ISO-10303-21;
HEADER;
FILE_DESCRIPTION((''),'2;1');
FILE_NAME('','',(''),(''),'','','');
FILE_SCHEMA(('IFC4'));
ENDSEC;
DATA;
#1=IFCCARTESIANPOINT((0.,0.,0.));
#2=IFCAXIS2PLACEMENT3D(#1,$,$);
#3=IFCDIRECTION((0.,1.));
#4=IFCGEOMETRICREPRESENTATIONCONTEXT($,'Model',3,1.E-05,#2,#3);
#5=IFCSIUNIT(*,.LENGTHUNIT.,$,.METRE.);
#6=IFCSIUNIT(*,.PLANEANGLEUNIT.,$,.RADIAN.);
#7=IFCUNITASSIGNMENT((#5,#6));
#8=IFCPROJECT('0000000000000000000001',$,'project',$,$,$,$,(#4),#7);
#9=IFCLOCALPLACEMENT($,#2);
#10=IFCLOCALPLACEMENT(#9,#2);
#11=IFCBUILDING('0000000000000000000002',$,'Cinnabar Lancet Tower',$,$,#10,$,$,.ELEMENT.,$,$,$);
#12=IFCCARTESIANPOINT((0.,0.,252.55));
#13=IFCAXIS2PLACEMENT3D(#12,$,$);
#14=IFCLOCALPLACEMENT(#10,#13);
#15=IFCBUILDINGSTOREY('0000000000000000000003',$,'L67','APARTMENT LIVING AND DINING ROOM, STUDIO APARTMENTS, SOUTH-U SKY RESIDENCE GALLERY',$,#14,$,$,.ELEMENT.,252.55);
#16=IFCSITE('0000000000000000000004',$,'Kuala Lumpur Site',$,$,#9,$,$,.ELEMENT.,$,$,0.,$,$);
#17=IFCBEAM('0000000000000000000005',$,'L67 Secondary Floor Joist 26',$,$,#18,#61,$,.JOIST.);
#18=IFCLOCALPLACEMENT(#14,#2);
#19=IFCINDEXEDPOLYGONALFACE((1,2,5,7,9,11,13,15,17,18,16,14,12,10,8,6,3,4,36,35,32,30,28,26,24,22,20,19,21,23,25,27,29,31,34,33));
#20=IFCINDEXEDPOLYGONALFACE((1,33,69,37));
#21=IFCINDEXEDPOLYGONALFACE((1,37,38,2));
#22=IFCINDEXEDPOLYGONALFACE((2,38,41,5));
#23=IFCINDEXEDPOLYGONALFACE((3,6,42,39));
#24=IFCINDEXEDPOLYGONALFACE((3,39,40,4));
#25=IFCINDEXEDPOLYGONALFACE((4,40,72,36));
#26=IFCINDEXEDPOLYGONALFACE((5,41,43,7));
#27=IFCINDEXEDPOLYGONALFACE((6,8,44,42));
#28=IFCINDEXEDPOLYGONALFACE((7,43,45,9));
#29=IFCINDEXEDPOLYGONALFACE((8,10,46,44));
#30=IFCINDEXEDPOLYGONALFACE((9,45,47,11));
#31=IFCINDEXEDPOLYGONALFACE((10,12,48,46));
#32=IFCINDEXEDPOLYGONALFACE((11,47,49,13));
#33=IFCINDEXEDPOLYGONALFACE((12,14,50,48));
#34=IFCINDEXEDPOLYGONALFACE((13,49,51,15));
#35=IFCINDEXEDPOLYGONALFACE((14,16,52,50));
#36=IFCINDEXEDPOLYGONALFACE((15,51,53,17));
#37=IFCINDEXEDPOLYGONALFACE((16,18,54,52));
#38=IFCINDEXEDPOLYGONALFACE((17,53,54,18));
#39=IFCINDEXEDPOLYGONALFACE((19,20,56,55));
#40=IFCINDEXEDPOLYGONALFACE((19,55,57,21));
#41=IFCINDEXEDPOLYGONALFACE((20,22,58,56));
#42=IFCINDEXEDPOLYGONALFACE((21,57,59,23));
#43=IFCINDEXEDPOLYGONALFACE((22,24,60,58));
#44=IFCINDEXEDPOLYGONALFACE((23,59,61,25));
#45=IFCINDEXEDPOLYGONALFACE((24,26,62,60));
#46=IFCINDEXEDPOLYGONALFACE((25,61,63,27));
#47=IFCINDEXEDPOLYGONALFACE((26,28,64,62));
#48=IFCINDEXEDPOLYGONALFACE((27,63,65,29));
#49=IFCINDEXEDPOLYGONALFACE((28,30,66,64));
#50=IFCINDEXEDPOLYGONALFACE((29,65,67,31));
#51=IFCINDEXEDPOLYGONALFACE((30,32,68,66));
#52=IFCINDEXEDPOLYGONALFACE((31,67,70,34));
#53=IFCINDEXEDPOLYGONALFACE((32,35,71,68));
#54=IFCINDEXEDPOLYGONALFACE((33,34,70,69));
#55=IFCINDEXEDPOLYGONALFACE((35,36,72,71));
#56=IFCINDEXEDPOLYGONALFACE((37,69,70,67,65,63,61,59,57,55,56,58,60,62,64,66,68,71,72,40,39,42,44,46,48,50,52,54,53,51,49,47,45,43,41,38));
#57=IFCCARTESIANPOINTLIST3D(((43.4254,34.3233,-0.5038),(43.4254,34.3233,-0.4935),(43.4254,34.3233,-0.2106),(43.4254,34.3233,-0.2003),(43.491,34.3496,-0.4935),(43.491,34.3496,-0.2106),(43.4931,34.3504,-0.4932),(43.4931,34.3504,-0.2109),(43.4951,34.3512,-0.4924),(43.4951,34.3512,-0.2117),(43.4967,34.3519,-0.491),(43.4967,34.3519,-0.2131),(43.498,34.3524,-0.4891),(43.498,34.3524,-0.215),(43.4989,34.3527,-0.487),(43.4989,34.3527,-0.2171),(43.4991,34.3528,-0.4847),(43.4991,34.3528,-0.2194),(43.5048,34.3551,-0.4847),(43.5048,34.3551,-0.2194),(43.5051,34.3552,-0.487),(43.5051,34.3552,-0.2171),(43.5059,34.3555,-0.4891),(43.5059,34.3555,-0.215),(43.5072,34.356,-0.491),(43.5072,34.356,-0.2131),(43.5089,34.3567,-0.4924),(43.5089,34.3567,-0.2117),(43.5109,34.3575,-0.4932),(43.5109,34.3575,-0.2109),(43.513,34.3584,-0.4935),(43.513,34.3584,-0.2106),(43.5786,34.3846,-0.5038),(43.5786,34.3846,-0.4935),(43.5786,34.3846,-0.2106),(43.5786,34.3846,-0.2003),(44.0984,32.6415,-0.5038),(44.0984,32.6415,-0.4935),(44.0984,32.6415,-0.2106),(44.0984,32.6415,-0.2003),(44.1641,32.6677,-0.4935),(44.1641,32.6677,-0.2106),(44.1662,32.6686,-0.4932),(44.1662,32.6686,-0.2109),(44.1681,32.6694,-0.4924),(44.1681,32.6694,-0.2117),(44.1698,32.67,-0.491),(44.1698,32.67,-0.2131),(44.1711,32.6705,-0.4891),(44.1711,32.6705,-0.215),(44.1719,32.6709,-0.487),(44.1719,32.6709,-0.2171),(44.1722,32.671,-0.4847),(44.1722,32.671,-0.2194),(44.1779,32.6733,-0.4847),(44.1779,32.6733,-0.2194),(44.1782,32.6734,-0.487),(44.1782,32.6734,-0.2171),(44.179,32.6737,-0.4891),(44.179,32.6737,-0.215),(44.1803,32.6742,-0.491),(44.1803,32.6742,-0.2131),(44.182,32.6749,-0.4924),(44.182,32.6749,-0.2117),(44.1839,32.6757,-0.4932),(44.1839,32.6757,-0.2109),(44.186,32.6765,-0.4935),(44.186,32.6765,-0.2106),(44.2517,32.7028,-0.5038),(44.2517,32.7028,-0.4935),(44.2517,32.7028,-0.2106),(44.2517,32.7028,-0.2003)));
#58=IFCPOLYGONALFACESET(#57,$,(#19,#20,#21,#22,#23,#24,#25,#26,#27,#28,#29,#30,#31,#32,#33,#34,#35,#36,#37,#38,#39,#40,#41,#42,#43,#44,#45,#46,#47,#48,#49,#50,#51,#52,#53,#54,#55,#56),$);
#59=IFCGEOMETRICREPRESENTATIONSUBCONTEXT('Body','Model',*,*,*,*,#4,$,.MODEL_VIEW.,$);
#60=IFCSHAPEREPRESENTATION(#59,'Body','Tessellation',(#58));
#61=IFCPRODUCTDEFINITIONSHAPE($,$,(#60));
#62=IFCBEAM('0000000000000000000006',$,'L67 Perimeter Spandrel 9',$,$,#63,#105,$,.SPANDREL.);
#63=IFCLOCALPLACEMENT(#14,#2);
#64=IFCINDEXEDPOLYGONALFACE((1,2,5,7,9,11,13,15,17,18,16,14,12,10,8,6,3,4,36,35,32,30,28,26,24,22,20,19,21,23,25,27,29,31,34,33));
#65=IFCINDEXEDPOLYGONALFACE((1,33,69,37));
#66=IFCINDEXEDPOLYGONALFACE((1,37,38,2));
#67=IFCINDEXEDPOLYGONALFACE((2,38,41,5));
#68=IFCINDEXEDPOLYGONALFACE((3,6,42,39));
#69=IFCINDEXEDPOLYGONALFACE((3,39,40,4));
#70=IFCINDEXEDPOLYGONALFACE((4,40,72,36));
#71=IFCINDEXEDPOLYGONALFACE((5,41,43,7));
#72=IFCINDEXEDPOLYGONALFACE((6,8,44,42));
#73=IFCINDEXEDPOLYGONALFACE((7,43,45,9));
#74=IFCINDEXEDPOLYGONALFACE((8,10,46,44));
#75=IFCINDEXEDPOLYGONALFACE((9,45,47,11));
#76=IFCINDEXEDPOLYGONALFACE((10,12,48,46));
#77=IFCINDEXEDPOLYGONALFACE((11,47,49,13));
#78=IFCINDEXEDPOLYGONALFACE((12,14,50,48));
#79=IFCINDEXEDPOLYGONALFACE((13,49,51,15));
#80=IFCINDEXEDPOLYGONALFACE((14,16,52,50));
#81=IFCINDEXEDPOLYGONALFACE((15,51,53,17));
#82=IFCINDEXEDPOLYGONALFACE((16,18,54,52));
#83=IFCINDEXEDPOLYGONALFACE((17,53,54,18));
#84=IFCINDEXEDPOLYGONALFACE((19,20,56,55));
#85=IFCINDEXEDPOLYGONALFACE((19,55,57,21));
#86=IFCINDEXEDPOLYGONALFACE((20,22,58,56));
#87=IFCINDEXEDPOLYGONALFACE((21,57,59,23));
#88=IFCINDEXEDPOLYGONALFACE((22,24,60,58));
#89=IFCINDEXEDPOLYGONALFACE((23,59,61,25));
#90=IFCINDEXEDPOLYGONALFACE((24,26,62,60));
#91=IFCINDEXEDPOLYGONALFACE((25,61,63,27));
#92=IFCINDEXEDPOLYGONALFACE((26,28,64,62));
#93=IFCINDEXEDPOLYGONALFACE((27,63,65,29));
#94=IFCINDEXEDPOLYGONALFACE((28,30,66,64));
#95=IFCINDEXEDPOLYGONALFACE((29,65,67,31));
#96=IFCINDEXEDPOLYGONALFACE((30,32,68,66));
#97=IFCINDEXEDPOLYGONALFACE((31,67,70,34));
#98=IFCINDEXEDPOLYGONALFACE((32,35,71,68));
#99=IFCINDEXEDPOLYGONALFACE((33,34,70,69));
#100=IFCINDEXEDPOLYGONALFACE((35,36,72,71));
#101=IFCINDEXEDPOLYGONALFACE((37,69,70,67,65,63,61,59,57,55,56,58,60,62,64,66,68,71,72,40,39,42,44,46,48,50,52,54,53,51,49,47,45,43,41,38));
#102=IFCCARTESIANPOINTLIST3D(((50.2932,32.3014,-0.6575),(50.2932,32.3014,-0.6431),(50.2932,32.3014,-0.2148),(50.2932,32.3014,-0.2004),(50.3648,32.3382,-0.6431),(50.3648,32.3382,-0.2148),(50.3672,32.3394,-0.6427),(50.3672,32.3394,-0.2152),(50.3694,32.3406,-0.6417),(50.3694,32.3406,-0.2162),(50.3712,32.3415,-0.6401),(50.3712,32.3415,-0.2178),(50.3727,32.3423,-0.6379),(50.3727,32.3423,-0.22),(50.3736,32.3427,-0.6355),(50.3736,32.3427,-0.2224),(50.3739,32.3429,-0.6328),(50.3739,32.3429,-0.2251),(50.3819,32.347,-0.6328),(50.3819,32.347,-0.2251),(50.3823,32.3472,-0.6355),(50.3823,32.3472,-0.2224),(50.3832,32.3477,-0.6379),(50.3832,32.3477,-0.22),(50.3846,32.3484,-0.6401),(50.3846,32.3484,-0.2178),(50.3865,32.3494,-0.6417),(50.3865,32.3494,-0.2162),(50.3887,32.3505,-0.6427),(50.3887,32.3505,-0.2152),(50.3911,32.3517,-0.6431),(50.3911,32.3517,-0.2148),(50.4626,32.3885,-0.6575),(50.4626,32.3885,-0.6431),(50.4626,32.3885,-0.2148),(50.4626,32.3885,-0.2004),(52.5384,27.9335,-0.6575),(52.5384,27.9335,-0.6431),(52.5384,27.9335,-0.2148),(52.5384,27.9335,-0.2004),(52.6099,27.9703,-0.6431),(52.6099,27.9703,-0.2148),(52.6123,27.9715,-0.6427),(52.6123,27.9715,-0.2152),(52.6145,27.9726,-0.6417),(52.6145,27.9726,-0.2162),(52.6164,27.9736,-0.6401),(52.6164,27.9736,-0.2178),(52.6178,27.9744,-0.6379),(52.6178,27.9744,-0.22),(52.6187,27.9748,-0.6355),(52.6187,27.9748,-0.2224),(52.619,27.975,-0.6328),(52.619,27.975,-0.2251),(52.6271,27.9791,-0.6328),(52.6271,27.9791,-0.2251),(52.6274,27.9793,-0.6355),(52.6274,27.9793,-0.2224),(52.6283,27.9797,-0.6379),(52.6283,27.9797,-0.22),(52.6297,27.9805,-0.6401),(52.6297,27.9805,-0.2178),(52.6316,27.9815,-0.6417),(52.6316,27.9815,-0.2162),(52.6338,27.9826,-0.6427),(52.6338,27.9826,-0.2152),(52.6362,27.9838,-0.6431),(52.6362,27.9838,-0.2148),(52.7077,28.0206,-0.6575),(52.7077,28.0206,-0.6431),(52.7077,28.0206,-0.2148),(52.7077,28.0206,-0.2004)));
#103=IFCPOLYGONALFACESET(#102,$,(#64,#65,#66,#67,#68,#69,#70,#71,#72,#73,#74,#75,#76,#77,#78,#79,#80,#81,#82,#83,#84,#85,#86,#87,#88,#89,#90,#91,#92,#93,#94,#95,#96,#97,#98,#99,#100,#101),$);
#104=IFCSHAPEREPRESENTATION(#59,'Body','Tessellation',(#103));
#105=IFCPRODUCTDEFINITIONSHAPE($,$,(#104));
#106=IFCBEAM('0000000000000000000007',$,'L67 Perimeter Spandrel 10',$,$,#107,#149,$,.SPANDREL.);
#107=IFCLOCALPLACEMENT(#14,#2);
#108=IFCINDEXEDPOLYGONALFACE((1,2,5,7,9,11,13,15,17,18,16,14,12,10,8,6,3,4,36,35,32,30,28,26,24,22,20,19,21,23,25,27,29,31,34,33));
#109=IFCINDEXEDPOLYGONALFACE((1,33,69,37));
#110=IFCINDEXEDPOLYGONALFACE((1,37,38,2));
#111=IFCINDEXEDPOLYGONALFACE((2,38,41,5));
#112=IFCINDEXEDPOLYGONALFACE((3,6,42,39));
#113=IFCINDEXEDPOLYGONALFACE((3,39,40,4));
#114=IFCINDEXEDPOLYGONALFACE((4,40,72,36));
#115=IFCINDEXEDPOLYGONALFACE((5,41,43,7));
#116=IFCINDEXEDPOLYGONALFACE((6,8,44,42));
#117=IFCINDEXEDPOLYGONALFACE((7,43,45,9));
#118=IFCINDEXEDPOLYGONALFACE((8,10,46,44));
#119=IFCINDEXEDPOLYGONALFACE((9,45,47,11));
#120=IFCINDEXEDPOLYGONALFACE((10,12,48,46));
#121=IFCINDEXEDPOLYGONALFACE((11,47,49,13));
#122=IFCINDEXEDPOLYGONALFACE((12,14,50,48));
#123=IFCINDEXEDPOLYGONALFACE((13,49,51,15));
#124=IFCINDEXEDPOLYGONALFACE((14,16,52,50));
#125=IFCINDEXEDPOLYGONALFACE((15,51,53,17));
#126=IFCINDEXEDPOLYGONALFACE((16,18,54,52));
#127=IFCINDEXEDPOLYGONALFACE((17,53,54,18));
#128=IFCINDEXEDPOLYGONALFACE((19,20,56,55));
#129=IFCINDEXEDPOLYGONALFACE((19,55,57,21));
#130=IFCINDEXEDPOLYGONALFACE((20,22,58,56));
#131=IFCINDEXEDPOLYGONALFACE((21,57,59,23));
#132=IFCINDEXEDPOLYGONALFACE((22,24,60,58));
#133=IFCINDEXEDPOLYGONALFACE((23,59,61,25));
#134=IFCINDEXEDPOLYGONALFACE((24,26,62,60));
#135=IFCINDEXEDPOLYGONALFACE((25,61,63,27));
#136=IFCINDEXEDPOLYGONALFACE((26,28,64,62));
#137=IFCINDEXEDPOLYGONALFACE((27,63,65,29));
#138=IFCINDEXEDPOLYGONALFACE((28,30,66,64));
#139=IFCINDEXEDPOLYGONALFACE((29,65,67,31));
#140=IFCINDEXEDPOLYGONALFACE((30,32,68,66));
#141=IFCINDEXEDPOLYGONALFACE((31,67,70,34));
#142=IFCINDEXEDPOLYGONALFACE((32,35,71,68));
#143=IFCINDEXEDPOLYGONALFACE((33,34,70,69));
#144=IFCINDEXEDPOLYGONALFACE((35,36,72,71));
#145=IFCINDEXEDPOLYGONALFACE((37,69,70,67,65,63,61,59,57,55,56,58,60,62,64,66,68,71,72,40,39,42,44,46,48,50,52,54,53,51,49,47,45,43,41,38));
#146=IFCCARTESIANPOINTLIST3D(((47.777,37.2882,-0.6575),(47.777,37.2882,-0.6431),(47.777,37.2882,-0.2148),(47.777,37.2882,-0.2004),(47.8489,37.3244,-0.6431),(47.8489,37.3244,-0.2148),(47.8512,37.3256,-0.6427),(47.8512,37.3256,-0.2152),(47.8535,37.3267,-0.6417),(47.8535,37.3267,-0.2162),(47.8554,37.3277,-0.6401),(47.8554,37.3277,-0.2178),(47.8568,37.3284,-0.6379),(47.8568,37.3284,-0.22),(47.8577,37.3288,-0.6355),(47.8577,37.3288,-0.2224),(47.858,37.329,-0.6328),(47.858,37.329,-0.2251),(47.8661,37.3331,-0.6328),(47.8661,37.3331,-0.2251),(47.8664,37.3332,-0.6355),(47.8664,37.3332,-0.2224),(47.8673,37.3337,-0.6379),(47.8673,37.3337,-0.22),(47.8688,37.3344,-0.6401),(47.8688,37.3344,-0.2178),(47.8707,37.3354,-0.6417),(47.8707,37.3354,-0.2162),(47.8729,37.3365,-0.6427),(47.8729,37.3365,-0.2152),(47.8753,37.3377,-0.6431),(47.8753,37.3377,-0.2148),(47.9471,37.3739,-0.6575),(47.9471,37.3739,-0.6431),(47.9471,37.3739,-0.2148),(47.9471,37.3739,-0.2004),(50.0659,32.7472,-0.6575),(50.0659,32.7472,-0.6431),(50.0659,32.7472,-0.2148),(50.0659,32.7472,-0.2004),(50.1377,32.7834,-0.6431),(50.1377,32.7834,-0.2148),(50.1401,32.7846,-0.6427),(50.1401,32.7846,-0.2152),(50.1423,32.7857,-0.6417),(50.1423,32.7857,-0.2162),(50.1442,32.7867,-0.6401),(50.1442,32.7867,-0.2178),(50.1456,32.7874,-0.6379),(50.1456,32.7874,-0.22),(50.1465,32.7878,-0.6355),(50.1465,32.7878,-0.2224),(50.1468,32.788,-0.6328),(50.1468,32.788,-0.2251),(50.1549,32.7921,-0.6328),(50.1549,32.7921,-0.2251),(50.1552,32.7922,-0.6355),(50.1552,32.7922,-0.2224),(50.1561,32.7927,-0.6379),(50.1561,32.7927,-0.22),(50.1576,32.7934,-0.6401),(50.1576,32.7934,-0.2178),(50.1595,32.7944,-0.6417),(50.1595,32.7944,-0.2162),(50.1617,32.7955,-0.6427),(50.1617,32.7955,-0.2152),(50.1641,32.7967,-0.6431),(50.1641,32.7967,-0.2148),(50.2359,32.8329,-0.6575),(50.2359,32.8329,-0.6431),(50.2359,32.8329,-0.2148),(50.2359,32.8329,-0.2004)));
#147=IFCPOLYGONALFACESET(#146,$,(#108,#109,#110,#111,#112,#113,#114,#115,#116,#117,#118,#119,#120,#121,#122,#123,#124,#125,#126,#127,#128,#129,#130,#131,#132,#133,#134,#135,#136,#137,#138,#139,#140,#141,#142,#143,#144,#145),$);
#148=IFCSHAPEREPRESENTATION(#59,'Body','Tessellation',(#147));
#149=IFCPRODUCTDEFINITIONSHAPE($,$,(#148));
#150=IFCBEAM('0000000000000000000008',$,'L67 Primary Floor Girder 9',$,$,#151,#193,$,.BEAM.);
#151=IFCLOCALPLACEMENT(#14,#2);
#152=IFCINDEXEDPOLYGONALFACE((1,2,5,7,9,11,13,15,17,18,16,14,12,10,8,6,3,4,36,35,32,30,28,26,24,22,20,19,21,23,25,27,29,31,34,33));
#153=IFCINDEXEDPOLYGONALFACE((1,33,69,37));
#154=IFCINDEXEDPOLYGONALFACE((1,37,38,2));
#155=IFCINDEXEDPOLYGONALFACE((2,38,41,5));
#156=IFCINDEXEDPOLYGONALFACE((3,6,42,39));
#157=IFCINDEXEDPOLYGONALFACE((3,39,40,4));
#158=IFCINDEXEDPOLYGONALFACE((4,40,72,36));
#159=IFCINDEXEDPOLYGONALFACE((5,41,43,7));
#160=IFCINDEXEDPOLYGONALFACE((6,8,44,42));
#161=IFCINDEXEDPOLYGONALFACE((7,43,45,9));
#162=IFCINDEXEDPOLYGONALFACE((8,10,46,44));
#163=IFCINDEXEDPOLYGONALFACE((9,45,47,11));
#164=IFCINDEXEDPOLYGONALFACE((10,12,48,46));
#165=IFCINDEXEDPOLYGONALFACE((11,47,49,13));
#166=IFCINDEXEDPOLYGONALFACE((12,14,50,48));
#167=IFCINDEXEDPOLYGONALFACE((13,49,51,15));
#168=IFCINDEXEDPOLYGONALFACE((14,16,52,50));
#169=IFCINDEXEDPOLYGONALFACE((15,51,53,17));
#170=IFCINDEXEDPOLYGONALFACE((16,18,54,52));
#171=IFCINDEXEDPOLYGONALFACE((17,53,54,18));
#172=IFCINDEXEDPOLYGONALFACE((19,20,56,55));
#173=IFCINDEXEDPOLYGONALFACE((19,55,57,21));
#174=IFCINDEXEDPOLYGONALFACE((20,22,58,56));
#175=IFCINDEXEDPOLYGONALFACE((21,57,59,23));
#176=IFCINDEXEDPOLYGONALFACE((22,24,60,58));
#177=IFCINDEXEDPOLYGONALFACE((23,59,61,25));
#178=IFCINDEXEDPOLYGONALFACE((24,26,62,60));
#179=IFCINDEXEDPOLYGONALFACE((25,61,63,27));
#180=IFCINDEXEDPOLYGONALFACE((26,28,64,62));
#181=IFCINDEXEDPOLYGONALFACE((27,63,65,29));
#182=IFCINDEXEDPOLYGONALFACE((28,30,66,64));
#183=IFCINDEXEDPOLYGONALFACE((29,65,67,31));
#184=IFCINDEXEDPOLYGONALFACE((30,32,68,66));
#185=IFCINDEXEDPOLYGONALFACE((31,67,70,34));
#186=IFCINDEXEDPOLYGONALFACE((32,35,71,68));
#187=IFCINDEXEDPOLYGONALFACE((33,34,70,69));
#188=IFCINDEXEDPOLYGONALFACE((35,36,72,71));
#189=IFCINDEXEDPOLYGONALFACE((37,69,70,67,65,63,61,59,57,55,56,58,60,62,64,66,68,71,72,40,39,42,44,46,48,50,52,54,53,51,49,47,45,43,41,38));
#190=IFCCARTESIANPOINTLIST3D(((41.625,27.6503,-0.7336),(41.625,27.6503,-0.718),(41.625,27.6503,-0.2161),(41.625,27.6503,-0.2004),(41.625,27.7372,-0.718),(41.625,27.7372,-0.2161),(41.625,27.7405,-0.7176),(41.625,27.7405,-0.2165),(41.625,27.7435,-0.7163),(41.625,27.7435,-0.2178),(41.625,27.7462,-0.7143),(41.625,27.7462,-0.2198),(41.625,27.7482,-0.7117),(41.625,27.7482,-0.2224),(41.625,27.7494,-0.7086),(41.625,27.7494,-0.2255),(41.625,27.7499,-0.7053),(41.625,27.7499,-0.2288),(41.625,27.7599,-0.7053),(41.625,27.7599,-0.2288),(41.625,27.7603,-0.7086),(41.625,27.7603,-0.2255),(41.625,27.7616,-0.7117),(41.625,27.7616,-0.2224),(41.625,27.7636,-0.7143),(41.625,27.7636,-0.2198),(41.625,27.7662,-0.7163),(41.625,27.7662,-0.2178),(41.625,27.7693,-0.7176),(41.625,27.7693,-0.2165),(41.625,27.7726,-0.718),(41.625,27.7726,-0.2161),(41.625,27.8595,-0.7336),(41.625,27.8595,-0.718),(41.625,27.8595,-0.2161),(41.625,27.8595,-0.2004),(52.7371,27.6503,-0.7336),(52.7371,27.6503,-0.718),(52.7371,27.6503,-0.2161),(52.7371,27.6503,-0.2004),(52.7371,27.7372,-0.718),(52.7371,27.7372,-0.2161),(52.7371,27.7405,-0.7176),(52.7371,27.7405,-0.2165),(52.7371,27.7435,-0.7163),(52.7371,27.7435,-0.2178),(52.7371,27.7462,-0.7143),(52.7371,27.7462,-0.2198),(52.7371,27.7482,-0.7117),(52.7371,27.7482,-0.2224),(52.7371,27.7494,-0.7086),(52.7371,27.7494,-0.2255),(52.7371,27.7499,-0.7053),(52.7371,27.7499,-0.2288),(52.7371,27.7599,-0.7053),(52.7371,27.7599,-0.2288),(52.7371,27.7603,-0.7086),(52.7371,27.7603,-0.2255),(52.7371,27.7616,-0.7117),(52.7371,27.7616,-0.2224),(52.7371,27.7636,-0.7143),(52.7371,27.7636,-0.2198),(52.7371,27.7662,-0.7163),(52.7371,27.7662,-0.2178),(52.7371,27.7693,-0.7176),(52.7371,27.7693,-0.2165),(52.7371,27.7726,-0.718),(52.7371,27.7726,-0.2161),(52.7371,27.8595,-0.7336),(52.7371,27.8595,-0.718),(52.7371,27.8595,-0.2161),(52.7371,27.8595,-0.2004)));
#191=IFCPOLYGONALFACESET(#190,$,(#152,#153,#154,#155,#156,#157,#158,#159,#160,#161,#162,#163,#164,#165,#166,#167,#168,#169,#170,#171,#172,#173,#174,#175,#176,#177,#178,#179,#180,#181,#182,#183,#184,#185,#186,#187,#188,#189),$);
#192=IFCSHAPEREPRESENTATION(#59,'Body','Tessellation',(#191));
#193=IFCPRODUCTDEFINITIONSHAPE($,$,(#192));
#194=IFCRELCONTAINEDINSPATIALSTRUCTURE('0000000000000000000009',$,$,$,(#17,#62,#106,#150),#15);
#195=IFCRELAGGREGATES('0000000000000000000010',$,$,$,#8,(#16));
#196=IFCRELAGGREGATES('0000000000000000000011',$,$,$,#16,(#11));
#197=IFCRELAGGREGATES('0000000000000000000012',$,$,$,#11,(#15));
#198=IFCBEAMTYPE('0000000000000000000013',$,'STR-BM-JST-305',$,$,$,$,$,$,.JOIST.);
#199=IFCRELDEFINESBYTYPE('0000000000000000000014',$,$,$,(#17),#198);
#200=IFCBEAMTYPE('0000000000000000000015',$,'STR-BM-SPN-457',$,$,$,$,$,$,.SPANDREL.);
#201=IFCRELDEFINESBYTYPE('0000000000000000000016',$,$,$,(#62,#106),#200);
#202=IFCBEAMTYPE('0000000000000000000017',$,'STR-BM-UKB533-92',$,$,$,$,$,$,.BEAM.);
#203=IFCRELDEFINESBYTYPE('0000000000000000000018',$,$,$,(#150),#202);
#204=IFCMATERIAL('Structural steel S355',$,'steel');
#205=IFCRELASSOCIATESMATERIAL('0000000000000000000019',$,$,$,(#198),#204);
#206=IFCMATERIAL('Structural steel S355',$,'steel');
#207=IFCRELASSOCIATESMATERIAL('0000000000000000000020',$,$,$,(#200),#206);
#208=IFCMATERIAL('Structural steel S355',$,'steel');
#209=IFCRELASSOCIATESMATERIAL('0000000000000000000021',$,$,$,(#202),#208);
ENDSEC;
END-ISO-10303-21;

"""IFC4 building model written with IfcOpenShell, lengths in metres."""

from ifc_helpers import new_model, si_unit, direction, frame, origin, origin_2d, place, context, subcontext, project, spatial, i_section, extrude, material, material_profile, profile_set, type_object, element, save


model = new_model("IFC4")

# Units and contexts
model_context = context("Model", 3, precision=1e-05, world=origin(), true_north=direction((0.0, 1.0)))
body_context = subcontext(model_context, "Body", "Model", "MODEL_VIEW")
ifc_project = project(units=[si_unit("LENGTHUNIT", "METRE"), si_unit("PLANEANGLEUNIT", "RADIAN")], contexts=[model_context])

# Site, building, storey
site_placement = place(None, origin())
site = spatial("IfcSite", under=ifc_project, at=site_placement, Name="Kuala Lumpur Site", CompositionType="ELEMENT", RefElevation=0.0)
building_placement = place(site_placement, origin())
building = spatial("IfcBuilding", under=site, at=building_placement, Name="Cinnabar Lancet Tower", CompositionType="ELEMENT")
storey_placement = place(building_placement, frame((0.0, 0.0, 252.55)))
storey = spatial("IfcBuildingStorey", under=building, at=storey_placement, Name="L67", Description="APARTMENT LIVING AND DINING ROOM, STUDIO APARTMENTS, SOUTH-U SKY RESIDENCE GALLERY", CompositionType="ELEMENT", Elevation=252.55)

# Beams
ifc_material_1 = material(Name="Structural steel S355", Category="steel")
ifc_material_profile_1 = material_profile(ifc_material_1, i_section(OverallWidth=0.165, OverallDepth=0.3035, WebThickness=0.0061, FlangeThickness=0.0103, FilletRadius=0.0088, at=origin_2d()), Name="UKB 305x165x40")
ifc_profile_set_1 = profile_set([ifc_material_profile_1], Name="Structural steel S355")
beam_type_1 = type_object("IfcBeamType", Name="STR-BM-JST-305", PredefinedType="JOIST", material=ifc_profile_set_1)
beam_1_placement = place(storey_placement, frame((44.175, 32.6721, -0.3521), z_axis=(-0.371553, 0.928412, 0.0), x_axis=(-0.928412, -0.371553, 0.0)))
element("IfcBeam", 1, at=beam_1_placement, inside=storey, type_object=beam_type_1, Name="L67 Secondary Floor Joist 26", PredefinedType="JOIST", context=body_context, shape_type="SweptSolid", body=[
    extrude(i_section(OverallWidth=0.165, OverallDepth=0.3035, WebThickness=0.0061, FlangeThickness=0.0103, FilletRadius=0.0088, at=origin_2d()), origin(), (0.0, 0.0, 1.0), 1.8115),
])
ifc_material_2 = material(Name="Structural steel S355", Category="steel")
ifc_material_profile_2 = material_profile(ifc_material_2, i_section(OverallWidth=0.1904, OverallDepth=0.457, WebThickness=0.009, FlangeThickness=0.0144, FilletRadius=0.0103, at=origin_2d()), Name="UKB 457x191x74")
ifc_profile_set_2 = profile_set([ifc_material_profile_2], Name="Structural steel S355")
beam_type_2 = type_object("IfcBeamType", Name="STR-BM-SPN-457", PredefinedType="SPANDREL", material=ifc_profile_set_2)
beam_2_placement = place(storey_placement, frame((52.623, 27.9771, -0.429), z_axis=(-0.457148, 0.889391, 0.0), x_axis=(-0.889391, -0.457148, 0.0)))
element("IfcBeam", 2, at=beam_2_placement, inside=storey, type_object=beam_type_2, Name="L67 Perimeter Spandrel 9", PredefinedType="SPANDREL", context=body_context, shape_type="SweptSolid", body=[
    extrude(i_section(OverallWidth=0.1904, OverallDepth=0.457, WebThickness=0.009, FlangeThickness=0.0144, FilletRadius=0.0103, at=origin_2d()), origin(), (0.0, 0.0, 1.0), 4.9111),
])
beam_3_placement = place(storey_placement, frame((50.1509, 32.79, -0.429), z_axis=(-0.450092, 0.892982, 0.0), x_axis=(-0.892982, -0.450092, 0.0)))
element("IfcBeam", 3, at=beam_3_placement, inside=storey, type_object=beam_type_2, Name="L67 Perimeter Spandrel 10", PredefinedType="SPANDREL", context=body_context, shape_type="SweptSolid", body=[
    extrude(i_section(OverallWidth=0.1904, OverallDepth=0.457, WebThickness=0.009, FlangeThickness=0.0144, FilletRadius=0.0103, at=origin_2d()), origin(), (0.0, 0.0, 1.0), 5.0852),
])
ifc_material_3 = material(Name="Structural steel S355", Category="steel")
ifc_material_profile_3 = material_profile(ifc_material_3, i_section(OverallWidth=0.2092, OverallDepth=0.5332, WebThickness=0.01, FlangeThickness=0.0156, FilletRadius=0.0127, at=origin_2d()), Name="UKB 533x210x92")
ifc_profile_set_3 = profile_set([ifc_material_profile_3], Name="Structural steel S355")
beam_type_3 = type_object("IfcBeamType", Name="STR-BM-UKB533-92", PredefinedType="BEAM", material=ifc_profile_set_3)
beam_4_placement = place(storey_placement, frame((52.7371, 27.7549, -0.467), z_axis=(-1.0, 0.0, 0.0), x_axis=(0.0, -1.0, 0.0)))
element("IfcBeam", 4, at=beam_4_placement, inside=storey, type_object=beam_type_3, Name="L67 Primary Floor Girder 9", PredefinedType="BEAM", context=body_context, shape_type="SweptSolid", body=[
    extrude(i_section(OverallWidth=0.2092, OverallDepth=0.5332, WebThickness=0.01, FlangeThickness=0.0156, FilletRadius=0.0127, at=origin_2d()), origin(), (0.0, 0.0, 1.0), 11.1121),
])

save(model, "model.ifc")
